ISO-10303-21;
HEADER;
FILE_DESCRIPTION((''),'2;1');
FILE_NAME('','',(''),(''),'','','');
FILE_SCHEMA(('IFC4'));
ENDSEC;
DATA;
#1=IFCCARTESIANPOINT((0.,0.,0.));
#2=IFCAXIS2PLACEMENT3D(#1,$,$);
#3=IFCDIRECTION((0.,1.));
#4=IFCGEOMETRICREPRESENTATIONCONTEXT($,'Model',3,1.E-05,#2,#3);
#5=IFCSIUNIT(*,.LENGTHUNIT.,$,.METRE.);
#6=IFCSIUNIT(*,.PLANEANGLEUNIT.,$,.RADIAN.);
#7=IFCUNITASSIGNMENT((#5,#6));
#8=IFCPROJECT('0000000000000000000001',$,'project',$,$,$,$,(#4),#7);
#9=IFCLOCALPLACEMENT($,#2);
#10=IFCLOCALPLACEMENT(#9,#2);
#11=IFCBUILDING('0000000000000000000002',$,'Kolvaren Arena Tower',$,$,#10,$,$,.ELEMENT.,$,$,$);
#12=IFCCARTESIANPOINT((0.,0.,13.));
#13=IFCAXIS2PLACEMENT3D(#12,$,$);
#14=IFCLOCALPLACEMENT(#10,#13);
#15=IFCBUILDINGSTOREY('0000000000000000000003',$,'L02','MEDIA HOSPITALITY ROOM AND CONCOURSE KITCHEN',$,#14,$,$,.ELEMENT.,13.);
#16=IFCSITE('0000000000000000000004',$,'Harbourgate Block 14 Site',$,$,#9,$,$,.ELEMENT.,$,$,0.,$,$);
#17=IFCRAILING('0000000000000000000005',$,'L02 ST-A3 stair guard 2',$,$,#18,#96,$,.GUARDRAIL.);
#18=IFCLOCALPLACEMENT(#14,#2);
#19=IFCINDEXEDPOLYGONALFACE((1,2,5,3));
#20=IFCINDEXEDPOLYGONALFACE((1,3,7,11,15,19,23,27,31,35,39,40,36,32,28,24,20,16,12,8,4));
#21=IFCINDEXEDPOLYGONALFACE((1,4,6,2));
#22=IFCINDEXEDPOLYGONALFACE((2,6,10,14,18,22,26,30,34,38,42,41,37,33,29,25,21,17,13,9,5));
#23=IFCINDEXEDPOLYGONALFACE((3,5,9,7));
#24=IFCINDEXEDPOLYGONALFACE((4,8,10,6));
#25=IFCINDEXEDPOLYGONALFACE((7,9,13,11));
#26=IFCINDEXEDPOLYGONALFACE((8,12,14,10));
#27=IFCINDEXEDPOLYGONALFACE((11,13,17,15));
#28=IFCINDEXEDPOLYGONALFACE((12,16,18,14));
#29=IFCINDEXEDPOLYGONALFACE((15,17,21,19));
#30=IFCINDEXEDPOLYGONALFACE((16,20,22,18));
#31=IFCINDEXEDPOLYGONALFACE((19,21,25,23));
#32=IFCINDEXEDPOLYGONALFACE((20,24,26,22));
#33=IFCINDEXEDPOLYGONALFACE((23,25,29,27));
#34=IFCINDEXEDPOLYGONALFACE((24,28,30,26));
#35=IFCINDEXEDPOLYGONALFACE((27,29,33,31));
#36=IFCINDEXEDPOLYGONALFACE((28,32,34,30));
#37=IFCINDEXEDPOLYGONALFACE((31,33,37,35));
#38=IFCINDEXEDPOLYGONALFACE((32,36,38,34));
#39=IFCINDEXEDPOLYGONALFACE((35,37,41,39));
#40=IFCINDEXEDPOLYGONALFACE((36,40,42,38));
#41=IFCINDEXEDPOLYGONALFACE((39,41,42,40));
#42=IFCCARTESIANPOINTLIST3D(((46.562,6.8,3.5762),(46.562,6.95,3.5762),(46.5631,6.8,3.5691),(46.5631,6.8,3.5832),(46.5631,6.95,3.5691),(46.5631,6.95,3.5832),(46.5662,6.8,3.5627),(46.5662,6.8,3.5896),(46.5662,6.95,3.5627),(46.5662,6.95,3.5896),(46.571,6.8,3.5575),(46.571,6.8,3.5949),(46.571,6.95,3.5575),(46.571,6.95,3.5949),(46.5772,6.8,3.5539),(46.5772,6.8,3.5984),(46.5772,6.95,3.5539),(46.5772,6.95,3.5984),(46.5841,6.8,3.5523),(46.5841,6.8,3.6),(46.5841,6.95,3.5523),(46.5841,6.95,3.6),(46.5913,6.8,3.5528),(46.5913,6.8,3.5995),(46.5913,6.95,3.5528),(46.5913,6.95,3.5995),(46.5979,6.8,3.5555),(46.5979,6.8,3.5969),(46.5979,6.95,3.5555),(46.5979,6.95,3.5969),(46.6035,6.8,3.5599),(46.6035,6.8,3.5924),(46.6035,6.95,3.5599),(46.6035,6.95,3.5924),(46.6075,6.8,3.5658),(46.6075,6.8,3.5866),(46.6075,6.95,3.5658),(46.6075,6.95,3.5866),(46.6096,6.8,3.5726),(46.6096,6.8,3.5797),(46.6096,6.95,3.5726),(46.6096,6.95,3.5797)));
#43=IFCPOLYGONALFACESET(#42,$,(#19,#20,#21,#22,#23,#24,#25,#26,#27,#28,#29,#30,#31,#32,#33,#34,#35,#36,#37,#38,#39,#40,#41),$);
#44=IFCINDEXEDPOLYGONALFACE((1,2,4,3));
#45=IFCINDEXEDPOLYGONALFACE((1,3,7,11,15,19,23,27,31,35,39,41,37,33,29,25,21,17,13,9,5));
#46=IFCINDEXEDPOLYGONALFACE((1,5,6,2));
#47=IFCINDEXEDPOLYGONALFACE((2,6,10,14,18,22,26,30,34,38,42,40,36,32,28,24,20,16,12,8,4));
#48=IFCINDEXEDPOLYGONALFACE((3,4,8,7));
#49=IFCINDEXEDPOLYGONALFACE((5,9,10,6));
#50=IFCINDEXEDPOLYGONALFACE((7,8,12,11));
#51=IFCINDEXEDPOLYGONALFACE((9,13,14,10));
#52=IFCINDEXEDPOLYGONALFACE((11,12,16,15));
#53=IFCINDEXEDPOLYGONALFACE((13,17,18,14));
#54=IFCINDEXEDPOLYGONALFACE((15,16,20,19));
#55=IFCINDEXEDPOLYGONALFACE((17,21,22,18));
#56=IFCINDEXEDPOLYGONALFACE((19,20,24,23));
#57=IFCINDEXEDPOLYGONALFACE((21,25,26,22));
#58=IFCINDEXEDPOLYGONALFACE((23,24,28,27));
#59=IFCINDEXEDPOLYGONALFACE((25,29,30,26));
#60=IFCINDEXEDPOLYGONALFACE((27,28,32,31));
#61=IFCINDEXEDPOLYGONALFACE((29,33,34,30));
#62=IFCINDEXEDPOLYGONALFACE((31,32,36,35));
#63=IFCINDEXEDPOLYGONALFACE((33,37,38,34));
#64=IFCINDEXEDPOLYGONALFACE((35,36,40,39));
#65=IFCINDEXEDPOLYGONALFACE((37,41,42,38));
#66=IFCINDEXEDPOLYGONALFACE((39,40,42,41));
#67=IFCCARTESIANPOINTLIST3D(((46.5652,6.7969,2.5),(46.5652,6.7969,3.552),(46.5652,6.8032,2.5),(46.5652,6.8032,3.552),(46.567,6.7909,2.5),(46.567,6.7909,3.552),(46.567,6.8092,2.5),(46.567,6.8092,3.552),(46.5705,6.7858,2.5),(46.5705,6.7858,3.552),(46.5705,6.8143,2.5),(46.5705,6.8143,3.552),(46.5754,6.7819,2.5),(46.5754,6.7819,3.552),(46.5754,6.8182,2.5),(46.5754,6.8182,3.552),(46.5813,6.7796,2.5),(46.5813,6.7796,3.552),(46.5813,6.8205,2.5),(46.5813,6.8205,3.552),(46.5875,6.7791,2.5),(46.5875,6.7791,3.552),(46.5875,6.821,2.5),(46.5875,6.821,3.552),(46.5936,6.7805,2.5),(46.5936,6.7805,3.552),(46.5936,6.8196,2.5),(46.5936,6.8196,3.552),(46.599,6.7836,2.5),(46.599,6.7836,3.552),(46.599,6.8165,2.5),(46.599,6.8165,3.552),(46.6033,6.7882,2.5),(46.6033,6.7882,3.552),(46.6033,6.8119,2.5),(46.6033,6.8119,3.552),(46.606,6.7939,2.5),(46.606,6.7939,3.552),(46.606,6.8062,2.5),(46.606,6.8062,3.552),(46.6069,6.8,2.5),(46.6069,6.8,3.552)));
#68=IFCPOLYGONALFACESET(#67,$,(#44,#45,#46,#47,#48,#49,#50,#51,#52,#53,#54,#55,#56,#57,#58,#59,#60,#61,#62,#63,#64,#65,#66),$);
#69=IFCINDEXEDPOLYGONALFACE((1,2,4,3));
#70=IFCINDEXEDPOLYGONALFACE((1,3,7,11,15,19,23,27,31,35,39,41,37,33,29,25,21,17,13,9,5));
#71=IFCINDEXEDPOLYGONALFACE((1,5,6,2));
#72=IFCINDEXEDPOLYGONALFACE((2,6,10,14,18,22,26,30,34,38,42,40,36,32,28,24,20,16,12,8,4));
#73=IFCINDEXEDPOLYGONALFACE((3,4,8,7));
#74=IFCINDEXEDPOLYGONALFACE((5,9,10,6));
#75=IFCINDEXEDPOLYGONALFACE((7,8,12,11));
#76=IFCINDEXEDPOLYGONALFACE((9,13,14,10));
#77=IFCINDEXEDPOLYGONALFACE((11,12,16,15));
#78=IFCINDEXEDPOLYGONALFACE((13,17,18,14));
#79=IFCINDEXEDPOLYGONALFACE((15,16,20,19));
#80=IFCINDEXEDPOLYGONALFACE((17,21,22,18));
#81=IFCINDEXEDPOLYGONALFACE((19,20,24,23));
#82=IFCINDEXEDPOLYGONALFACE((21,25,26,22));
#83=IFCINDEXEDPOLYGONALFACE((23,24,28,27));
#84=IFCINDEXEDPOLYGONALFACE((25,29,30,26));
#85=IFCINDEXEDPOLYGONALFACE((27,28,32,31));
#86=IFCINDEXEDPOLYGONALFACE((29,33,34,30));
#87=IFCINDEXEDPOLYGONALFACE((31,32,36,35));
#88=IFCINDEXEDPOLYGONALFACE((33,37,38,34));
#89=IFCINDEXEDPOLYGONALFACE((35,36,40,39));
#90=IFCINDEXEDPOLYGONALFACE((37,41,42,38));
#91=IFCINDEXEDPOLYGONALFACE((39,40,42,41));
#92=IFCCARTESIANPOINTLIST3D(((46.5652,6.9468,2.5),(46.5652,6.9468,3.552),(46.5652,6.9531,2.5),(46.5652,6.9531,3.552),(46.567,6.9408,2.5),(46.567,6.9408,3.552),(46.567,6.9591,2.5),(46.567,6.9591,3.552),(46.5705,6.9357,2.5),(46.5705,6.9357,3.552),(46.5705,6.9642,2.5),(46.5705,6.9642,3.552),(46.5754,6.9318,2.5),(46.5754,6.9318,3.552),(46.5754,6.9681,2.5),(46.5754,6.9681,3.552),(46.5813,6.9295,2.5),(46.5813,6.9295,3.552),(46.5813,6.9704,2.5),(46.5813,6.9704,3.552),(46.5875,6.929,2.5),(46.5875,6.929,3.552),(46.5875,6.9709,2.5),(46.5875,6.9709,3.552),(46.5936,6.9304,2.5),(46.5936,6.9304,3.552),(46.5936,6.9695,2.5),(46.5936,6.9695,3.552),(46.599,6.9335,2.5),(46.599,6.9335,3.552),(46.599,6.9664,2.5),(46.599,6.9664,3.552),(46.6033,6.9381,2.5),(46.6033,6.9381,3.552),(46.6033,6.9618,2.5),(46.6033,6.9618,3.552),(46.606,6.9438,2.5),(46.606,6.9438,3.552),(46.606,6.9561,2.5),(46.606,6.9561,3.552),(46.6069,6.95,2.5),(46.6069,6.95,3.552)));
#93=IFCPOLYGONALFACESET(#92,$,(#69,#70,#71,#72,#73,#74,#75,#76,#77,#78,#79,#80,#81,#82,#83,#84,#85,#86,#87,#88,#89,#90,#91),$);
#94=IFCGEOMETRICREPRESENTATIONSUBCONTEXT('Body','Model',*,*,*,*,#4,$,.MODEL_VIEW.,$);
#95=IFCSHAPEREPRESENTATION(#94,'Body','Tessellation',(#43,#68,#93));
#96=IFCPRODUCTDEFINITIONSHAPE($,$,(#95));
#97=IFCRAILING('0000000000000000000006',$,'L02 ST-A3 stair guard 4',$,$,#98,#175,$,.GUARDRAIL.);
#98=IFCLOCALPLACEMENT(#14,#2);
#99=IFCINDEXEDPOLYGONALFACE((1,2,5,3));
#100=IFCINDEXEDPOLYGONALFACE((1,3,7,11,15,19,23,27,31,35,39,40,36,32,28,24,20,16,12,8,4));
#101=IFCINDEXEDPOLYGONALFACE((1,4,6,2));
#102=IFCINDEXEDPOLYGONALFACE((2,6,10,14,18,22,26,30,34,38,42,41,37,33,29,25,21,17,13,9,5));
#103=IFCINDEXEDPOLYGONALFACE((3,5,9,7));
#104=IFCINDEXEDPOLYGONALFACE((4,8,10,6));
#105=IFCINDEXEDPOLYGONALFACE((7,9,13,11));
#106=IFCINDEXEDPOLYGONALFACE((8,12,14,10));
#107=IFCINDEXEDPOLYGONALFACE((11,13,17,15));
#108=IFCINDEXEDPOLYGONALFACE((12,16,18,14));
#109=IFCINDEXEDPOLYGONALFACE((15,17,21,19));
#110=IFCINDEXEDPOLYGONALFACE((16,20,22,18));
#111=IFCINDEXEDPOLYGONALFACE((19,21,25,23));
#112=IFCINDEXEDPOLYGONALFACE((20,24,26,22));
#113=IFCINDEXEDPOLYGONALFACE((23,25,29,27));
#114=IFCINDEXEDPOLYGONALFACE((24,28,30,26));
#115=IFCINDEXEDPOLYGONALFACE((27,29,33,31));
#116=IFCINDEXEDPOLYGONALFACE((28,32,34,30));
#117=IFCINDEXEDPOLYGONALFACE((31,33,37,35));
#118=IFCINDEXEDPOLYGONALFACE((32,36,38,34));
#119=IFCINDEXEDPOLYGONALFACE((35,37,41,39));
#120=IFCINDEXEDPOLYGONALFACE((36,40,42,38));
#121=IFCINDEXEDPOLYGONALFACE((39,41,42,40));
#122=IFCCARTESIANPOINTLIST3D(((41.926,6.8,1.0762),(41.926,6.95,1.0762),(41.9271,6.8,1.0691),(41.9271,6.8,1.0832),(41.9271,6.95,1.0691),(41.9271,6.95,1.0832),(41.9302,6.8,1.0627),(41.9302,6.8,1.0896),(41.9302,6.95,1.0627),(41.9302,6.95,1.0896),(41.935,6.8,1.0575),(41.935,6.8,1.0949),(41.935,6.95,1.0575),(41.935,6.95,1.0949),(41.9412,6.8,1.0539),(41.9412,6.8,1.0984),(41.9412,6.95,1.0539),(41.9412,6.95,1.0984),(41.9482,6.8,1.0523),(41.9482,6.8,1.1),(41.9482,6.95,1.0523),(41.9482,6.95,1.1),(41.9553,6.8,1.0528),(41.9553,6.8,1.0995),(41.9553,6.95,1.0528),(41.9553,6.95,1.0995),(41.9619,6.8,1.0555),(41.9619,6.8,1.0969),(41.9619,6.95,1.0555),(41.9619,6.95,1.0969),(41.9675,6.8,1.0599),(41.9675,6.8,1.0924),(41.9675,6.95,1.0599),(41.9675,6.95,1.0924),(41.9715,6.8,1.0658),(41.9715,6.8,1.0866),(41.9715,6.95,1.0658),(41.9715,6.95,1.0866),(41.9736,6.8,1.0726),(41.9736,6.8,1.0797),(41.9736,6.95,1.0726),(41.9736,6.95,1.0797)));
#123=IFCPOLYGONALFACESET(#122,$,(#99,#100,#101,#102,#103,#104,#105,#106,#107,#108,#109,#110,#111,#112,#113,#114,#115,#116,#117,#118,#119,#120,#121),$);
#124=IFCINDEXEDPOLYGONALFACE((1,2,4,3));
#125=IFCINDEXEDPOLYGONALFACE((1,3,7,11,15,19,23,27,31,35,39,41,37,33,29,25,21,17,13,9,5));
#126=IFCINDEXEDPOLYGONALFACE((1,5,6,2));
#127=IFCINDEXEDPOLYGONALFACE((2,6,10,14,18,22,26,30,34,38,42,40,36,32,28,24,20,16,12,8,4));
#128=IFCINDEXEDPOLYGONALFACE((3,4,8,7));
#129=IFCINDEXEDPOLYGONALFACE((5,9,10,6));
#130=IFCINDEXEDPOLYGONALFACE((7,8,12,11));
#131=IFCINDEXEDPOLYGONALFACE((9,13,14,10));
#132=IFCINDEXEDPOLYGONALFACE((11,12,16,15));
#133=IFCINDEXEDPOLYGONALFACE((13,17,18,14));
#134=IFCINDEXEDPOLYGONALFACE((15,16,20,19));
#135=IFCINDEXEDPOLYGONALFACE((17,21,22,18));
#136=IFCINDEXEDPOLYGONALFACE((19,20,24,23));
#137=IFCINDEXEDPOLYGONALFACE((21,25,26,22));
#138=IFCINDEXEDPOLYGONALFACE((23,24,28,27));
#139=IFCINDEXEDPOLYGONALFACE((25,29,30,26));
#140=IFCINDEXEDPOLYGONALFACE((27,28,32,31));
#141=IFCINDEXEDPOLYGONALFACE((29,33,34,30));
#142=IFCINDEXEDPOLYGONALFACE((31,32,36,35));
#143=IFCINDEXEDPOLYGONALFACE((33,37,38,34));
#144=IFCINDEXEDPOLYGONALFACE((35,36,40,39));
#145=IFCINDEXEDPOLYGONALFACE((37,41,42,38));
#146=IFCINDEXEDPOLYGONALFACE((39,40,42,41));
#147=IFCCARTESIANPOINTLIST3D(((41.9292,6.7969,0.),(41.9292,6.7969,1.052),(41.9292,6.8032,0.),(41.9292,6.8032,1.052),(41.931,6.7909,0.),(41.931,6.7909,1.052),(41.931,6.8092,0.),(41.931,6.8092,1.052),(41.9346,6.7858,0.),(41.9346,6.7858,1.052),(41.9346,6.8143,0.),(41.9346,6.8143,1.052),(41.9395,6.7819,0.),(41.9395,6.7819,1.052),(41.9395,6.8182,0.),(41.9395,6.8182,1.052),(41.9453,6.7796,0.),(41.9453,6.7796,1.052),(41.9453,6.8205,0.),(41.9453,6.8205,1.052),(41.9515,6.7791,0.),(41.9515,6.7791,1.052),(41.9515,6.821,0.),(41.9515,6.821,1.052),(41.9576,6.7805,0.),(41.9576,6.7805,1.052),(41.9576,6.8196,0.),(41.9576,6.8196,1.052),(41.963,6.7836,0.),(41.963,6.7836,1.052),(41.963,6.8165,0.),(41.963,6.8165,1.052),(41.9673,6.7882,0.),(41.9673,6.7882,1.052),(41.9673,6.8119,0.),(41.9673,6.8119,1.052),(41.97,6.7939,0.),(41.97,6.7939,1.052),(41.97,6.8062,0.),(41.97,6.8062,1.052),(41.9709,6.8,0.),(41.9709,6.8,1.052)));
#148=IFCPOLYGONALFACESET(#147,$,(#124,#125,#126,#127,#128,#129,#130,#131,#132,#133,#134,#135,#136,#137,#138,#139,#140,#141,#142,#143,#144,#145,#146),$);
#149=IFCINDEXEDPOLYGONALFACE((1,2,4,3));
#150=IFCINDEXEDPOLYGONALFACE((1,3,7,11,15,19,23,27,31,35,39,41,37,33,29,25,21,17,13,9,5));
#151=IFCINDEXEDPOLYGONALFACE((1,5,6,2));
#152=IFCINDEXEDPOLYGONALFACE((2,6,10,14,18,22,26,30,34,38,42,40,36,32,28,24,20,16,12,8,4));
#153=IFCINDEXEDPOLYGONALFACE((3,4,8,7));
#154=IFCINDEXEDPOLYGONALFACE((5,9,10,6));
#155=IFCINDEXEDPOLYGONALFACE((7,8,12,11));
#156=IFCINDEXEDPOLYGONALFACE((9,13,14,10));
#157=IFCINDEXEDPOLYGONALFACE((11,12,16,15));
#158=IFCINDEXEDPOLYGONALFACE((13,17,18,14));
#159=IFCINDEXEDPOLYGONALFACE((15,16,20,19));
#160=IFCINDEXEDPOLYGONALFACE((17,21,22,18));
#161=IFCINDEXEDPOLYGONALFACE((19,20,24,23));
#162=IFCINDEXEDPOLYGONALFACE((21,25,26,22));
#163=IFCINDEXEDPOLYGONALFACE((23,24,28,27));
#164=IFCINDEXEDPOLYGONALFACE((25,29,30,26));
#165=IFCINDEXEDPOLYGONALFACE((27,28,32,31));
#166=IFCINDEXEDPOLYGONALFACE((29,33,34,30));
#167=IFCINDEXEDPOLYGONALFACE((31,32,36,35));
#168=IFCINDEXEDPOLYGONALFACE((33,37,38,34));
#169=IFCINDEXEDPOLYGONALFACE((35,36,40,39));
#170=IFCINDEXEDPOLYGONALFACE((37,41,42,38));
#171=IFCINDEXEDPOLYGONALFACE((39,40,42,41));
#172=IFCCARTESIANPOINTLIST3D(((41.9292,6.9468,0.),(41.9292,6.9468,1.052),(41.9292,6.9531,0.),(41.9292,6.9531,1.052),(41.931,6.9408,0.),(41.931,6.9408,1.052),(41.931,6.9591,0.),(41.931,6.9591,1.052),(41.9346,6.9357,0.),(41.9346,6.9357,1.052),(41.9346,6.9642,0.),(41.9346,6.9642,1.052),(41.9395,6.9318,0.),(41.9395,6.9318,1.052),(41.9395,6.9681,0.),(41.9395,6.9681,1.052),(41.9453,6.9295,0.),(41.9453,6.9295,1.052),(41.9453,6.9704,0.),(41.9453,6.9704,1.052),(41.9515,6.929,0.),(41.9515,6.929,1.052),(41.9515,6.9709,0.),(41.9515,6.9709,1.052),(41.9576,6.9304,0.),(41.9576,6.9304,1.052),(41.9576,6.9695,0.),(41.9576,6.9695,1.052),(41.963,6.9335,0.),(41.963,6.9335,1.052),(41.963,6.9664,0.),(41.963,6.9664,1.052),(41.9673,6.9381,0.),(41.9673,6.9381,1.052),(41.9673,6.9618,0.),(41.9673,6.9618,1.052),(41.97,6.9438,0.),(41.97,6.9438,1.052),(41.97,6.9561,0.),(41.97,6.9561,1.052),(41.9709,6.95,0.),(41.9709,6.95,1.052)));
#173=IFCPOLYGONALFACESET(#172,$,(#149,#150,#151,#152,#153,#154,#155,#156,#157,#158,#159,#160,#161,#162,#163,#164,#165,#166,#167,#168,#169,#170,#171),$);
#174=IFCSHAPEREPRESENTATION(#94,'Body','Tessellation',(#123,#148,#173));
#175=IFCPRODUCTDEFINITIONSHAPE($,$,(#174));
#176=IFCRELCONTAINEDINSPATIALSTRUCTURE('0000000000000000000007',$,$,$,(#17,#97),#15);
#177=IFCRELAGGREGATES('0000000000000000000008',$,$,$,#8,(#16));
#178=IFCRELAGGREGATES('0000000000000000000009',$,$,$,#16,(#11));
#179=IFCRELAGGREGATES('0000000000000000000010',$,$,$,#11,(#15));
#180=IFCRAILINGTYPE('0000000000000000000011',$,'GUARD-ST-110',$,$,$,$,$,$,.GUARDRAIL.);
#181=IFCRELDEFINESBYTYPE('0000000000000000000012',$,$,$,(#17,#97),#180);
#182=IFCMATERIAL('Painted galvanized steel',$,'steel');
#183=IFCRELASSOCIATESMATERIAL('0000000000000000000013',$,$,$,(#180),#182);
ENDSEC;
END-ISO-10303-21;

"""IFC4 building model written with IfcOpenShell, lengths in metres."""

from ifc_helpers import new_model, si_unit, direction, frame, origin, origin_2d, place, context, subcontext, project, spatial, circle, extrude, material, type_object, element, save


model = new_model("IFC4")

# Units and contexts
model_context = context("Model", 3, precision=1e-05, world=origin(), true_north=direction((0.0, 1.0)))
body_context = subcontext(model_context, "Body", "Model", "MODEL_VIEW")
ifc_project = project(units=[si_unit("LENGTHUNIT", "METRE"), si_unit("PLANEANGLEUNIT", "RADIAN")], contexts=[model_context])

# Site, building, storey
site_placement = place(None, origin())
site = spatial("IfcSite", under=ifc_project, at=site_placement, Name="Harbourgate Block 14 Site", CompositionType="ELEMENT", RefElevation=0.0)
building_placement = place(site_placement, origin())
building = spatial("IfcBuilding", under=site, at=building_placement, Name="Kolvaren Arena Tower", CompositionType="ELEMENT")
storey_placement = place(building_placement, frame((0.0, 0.0, 13.0)))
storey = spatial("IfcBuildingStorey", under=building, at=storey_placement, Name="L02", Description="MEDIA HOSPITALITY ROOM AND CONCOURSE KITCHEN", CompositionType="ELEMENT", Elevation=13.0)

# Railings
ifc_material_1 = material(Name="Painted galvanized steel", Category="steel")
railing_type_1 = type_object("IfcRailingType", Name="GUARD-ST-110", PredefinedType="GUARDRAIL", material=ifc_material_1)
for number, where, name in (
    (1, (46.5859, 6.8, 2.5), "L02 ST-A3 stair guard 2"),
    (2, (41.95, 6.8, 0.0), "L02 ST-A3 stair guard 4"),
):
    element("IfcRailing", number, at=place(storey_placement, frame(where)), inside=storey, type_object=railing_type_1, Name=name, PredefinedType="GUARDRAIL", context=body_context, shape_type="SweptSolid", body=[
        extrude(circle(Radius=0.0239, at=origin_2d()), frame((0.0, 0.0, 1.0762), z_axis=(0.0, 1.0, 0.0), x_axis=(-1.0, 0.0, 0.0)), (0.0, 0.0, 1.0), 0.1499),
        extrude(circle(Radius=0.021, at=origin_2d()), origin(), (0.0, 0.0, 1.0), 1.052),
        extrude(circle(Radius=0.021, at=origin_2d()), frame((0.0, 0.1499, 0.0)), (0.0, 0.0, 1.0), 1.052),
    ])

save(model, "model.ifc")
